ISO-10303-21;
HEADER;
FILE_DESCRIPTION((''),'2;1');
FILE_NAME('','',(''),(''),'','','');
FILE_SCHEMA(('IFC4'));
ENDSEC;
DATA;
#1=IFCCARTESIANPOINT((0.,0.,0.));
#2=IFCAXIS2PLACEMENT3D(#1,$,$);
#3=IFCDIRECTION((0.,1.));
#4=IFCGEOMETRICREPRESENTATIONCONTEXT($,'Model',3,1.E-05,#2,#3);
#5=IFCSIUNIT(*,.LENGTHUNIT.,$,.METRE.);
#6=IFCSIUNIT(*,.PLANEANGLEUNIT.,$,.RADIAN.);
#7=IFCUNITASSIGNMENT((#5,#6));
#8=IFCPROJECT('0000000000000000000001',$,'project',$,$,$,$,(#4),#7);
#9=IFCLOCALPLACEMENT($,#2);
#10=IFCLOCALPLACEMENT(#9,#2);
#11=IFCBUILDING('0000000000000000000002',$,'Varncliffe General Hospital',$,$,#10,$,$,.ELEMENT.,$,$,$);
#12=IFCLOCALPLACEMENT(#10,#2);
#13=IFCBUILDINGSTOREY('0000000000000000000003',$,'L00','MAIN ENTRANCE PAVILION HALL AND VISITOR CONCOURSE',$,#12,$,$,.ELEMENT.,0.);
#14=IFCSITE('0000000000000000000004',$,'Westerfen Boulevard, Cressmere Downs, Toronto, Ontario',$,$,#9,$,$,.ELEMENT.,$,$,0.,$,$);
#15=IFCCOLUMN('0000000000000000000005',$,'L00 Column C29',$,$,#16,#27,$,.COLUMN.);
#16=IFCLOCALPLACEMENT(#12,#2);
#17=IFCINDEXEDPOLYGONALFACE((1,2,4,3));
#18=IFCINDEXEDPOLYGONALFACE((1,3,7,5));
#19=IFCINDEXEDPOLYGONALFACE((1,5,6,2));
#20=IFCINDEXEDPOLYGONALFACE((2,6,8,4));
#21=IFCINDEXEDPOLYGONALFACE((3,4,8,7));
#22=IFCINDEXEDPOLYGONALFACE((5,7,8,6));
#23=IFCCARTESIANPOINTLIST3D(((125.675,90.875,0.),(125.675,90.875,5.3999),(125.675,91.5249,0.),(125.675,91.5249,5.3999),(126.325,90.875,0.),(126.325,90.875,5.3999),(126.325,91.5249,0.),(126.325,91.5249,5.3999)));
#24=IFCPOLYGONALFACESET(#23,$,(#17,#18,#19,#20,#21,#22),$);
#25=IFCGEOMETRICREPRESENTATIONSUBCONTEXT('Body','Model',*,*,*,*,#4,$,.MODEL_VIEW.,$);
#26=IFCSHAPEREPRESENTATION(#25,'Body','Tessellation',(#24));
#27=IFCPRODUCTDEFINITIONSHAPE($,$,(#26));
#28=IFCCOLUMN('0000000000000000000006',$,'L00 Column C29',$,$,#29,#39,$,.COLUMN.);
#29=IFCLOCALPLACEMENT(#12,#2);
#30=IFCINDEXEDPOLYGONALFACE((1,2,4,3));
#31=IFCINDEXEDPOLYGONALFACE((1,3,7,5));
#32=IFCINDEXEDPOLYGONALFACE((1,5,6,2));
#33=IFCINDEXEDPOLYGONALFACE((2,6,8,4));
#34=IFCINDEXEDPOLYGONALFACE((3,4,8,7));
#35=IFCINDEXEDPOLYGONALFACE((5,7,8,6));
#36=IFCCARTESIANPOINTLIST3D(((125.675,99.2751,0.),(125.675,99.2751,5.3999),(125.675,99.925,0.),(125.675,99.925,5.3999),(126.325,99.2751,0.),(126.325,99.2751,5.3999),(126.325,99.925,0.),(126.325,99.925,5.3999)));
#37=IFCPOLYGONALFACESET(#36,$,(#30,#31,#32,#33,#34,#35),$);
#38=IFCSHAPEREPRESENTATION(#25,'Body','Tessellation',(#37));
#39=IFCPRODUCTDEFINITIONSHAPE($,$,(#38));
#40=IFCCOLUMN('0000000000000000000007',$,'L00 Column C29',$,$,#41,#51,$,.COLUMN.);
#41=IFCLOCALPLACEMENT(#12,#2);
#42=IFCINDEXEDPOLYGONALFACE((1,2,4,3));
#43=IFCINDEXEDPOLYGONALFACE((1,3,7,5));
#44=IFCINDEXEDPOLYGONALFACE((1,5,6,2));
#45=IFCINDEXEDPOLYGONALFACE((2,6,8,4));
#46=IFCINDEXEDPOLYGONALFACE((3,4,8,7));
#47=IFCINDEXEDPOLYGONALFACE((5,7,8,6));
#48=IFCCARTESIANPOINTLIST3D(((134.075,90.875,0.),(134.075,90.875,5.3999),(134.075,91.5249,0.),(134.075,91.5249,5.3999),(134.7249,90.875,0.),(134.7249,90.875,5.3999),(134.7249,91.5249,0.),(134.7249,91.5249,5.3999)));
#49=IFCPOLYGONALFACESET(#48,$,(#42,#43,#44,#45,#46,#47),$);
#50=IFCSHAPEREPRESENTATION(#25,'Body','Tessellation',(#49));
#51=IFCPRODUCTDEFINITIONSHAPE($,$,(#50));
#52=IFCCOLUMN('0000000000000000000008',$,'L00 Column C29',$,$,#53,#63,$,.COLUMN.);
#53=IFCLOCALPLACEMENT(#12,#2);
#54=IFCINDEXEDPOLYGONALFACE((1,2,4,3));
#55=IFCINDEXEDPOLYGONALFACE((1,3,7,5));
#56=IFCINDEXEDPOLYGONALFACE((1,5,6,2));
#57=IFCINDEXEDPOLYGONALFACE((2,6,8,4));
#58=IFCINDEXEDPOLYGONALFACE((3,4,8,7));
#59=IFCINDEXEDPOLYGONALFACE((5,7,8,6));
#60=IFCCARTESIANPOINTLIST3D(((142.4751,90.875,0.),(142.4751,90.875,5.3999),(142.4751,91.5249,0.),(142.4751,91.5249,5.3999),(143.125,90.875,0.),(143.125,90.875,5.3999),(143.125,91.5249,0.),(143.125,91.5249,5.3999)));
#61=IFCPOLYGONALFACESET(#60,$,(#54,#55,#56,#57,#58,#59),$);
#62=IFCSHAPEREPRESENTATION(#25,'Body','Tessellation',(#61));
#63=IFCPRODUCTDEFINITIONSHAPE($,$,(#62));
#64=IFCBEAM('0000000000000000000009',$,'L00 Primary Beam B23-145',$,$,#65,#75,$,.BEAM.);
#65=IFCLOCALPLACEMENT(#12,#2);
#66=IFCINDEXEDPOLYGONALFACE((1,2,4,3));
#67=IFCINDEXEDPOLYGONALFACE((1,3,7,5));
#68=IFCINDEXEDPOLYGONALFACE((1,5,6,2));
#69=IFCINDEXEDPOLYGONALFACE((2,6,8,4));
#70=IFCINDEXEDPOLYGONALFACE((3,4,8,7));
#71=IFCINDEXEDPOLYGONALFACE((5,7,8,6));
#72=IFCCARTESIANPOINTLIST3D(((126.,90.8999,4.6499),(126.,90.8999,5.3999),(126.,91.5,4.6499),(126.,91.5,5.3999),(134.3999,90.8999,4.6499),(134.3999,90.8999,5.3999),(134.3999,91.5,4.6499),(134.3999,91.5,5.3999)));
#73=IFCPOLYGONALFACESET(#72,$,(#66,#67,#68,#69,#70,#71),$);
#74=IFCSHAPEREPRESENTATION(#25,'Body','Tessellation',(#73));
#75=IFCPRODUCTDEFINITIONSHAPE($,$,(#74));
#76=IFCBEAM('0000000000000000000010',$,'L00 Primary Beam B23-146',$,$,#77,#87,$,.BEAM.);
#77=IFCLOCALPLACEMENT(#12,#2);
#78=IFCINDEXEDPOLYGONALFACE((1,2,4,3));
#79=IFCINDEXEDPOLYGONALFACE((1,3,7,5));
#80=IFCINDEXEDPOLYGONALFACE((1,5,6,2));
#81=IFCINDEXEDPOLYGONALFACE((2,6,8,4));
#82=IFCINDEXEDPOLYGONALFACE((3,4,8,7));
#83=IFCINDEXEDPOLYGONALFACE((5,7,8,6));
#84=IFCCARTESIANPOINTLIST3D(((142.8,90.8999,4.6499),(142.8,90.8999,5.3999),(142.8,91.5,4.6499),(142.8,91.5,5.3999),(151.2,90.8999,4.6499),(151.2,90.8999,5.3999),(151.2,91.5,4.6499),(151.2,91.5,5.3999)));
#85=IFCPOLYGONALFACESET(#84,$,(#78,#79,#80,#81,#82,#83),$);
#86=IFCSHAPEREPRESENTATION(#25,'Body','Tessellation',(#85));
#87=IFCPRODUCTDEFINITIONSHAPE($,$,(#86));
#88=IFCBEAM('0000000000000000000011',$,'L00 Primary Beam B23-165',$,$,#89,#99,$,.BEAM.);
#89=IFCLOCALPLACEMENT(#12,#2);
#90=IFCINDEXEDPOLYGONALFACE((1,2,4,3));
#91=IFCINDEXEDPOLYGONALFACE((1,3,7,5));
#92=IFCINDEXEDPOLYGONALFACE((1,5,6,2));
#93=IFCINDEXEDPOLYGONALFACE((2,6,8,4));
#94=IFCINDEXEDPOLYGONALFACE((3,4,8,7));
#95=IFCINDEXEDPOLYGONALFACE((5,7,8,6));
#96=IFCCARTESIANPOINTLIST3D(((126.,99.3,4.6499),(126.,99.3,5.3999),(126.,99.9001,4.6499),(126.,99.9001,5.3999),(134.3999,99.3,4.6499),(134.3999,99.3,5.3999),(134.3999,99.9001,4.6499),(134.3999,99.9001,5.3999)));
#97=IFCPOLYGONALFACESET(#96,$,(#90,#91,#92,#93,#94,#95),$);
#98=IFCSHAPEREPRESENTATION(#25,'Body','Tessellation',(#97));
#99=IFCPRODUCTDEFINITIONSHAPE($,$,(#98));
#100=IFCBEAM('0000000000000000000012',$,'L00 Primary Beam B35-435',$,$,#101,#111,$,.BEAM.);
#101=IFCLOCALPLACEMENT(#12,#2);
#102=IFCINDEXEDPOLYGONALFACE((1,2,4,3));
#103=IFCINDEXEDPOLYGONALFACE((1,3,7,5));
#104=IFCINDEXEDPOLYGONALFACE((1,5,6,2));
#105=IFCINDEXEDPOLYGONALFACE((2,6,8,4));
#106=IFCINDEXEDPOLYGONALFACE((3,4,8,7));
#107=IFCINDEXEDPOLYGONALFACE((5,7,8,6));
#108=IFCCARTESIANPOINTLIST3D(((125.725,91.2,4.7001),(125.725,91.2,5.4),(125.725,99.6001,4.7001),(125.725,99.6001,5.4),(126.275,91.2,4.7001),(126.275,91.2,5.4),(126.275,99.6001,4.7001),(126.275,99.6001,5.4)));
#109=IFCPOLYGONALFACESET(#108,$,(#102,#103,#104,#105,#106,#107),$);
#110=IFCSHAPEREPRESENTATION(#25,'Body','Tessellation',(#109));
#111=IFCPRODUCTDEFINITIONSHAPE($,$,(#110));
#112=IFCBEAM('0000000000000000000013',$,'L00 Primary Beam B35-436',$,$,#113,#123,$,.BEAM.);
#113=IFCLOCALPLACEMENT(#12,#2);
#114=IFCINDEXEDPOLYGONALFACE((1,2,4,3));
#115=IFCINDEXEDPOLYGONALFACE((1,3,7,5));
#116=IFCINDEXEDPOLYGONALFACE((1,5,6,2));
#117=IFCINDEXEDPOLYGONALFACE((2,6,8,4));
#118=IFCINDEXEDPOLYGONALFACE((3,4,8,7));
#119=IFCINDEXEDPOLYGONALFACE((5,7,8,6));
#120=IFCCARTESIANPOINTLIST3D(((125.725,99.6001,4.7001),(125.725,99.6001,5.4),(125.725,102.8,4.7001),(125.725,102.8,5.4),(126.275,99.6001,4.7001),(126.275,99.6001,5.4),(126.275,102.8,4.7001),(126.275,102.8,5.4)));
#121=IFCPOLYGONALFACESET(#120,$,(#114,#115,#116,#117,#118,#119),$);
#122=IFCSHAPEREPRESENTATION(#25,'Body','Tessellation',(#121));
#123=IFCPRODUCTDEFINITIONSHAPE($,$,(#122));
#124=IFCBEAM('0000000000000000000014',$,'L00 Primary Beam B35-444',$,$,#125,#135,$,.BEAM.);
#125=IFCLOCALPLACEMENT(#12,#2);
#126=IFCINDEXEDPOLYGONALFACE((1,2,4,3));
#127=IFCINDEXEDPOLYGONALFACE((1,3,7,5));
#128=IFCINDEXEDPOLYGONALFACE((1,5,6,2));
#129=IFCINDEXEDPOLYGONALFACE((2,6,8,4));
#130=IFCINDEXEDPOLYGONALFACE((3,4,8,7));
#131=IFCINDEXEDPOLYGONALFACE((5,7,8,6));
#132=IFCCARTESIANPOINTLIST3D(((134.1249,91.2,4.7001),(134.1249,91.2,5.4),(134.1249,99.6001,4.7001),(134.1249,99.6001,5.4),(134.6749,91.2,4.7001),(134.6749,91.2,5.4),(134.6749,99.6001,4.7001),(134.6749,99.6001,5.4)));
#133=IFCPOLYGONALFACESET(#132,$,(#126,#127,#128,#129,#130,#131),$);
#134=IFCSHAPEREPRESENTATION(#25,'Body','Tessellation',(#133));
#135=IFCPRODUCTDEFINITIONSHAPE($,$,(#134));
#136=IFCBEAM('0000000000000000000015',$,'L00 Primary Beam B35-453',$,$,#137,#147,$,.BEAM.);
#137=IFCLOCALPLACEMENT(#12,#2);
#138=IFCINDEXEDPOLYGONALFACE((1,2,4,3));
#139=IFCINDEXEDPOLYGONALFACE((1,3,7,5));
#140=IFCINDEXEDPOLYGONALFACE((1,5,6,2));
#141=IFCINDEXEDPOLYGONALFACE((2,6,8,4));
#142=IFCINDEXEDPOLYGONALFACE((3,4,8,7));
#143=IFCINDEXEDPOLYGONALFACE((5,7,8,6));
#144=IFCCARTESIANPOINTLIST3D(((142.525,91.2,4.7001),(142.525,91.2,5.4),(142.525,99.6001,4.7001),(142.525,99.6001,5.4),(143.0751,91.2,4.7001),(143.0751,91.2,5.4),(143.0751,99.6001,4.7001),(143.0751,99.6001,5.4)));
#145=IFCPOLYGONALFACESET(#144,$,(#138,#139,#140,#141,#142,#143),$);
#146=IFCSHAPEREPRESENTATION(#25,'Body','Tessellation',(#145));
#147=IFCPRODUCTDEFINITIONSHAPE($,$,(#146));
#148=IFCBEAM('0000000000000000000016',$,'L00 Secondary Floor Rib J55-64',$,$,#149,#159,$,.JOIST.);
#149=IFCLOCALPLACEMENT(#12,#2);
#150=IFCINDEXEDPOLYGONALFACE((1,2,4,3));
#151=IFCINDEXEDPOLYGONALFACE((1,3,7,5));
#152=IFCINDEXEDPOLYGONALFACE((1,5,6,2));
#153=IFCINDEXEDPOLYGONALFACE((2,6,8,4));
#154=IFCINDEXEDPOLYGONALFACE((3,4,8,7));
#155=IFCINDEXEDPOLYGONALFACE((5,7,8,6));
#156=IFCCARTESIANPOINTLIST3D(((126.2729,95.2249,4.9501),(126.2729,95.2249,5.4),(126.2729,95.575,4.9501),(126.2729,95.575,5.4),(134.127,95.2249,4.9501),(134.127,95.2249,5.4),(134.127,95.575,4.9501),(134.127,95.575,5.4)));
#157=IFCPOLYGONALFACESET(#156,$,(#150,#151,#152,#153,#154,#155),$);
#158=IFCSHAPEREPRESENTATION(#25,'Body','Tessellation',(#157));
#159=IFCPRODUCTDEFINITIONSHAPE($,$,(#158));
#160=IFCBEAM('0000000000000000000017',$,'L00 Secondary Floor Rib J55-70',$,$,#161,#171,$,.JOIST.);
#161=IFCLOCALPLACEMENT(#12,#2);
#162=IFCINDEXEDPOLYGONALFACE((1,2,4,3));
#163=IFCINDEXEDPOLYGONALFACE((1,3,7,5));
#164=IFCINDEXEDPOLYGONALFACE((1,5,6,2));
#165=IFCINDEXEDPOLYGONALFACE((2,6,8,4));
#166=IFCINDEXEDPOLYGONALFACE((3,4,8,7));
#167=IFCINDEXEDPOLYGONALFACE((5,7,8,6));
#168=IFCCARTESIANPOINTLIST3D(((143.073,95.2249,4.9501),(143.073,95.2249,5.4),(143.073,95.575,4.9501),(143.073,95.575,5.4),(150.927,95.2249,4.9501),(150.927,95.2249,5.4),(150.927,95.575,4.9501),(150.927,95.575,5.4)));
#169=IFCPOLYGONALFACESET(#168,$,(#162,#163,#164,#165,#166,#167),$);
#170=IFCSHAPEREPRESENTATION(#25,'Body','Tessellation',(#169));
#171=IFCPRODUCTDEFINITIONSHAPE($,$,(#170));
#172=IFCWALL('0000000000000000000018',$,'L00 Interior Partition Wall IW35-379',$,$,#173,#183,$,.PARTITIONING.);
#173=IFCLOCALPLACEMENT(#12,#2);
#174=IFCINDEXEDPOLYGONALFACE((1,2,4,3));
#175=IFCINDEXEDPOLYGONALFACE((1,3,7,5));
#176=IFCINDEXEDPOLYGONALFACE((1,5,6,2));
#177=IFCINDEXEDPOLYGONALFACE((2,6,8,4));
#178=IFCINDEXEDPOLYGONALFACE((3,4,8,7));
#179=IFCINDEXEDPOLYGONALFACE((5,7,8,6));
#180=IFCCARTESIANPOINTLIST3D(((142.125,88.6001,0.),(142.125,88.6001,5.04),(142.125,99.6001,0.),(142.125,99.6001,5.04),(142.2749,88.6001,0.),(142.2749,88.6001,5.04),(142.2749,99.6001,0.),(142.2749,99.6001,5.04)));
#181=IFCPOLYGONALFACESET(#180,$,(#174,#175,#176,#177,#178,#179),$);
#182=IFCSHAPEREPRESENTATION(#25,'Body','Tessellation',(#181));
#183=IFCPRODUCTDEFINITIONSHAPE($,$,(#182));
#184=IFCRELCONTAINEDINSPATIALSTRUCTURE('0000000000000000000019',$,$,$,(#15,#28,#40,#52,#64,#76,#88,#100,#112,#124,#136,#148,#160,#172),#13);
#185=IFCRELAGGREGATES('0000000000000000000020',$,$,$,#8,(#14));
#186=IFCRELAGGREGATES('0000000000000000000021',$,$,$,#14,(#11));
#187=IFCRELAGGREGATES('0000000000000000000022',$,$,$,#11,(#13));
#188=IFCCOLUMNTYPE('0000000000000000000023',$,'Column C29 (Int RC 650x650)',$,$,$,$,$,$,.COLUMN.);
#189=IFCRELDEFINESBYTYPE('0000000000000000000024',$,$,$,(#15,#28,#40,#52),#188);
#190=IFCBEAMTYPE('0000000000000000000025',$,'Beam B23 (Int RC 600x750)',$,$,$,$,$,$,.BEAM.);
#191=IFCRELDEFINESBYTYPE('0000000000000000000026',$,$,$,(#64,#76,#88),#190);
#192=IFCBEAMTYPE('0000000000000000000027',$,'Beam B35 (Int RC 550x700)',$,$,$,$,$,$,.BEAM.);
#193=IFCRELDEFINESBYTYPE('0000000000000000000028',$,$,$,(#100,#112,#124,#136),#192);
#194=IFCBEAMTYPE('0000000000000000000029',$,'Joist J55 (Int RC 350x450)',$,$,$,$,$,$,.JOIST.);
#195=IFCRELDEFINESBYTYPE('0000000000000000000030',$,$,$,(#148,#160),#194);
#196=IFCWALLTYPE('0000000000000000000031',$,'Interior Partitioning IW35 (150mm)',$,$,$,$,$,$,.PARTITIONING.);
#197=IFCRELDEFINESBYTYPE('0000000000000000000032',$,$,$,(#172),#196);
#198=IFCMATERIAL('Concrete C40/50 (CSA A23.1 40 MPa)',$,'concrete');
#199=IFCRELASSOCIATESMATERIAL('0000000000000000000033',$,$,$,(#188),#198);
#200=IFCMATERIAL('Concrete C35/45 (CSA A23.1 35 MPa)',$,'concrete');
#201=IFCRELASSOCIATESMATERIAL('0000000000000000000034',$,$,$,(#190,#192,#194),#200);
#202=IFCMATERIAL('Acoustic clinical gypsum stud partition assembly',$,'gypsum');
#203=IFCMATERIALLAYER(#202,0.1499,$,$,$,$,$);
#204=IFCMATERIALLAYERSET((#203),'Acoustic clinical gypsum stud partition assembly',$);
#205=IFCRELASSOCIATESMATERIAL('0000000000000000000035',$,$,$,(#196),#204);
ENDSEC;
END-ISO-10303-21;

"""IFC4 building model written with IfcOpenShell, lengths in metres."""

from ifc_helpers import new_model, si_unit, direction, frame, frame_2d, origin, origin_2d, place, context, subcontext, project, spatial, rectangle, extrude, material, layer, layer_set, material_profile, profile_set, type_object, element, save


model = new_model("IFC4")

# Units and contexts
model_context = context("Model", 3, precision=1e-05, world=origin(), true_north=direction((0.0, 1.0)))
body_context = subcontext(model_context, "Body", "Model", "MODEL_VIEW")
ifc_project = project(units=[si_unit("LENGTHUNIT", "METRE"), si_unit("PLANEANGLEUNIT", "RADIAN")], contexts=[model_context])

# Site, building, storey
site_placement = place(None, origin())
site = spatial("IfcSite", under=ifc_project, at=site_placement, Name="Westerfen Boulevard, Cressmere Downs, Toronto, Ontario", CompositionType="ELEMENT", RefElevation=0.0)
building_placement = place(site_placement, origin())
building = spatial("IfcBuilding", under=site, at=building_placement, Name="Varncliffe General Hospital", CompositionType="ELEMENT")
storey_placement = place(building_placement, origin())
storey = spatial("IfcBuildingStorey", under=building, at=storey_placement, Name="L00", Description="MAIN ENTRANCE PAVILION HALL AND VISITOR CONCOURSE", CompositionType="ELEMENT", Elevation=0.0)

# Columns
ifc_material_1 = material(Name="Concrete C40/50 (CSA A23.1 40 MPa)", Category="concrete")
ifc_material_profile_1 = material_profile(ifc_material_1, rectangle(XDim=0.6499, YDim=0.6499, at=origin_2d()), Name="RC 650x650")
ifc_profile_set_1 = profile_set([ifc_material_profile_1], Name="Concrete C40/50 (CSA A23.1 40 MPa)")
column_type = type_object("IfcColumnType", Name="Column C29 (Int RC 650x650)", PredefinedType="COLUMN", material=ifc_profile_set_1)
for number, where, z_axis, x_axis, name in (
    (1, (126.0, 91.2, 0.0), (0.0, 0.0, 1.0), (1.0, 0.0, 0.0), "L00 Column C29"),
    (2, (126.0, 99.6001, 0.0), (0.0, 0.0, 1.0), (1.0, 0.0, 0.0), "L00 Column C29"),
    (3, (134.3999, 91.2, 0.0), (0.0, 0.0, 1.0), (1.0, 0.0, 0.0), "L00 Column C29"),
    (4, (142.8, 91.2, 0.0), (0.0, 0.0, 1.0), (1.0, 0.0, 0.0), "L00 Column C29"),
):
    element("IfcColumn", number, at=place(storey_placement, frame(where, z_axis=z_axis, x_axis=x_axis)), inside=storey, type_object=column_type, Name=name, PredefinedType="COLUMN", context=body_context, shape_type="SweptSolid", body=[
        extrude(rectangle(XDim=0.6499, YDim=0.6499, at=origin_2d()), origin(), (0.0, 0.0, 1.0), 5.3999),
    ])

# Beams
ifc_material_2 = material(Name="Concrete C35/45 (CSA A23.1 35 MPa)", Category="concrete")
ifc_material_profile_2 = material_profile(ifc_material_2, rectangle(XDim=0.6001, YDim=0.75, at=origin_2d()), Name="RC 600x750")
ifc_profile_set_2 = profile_set([ifc_material_profile_2], Name="Concrete C35/45 (CSA A23.1 35 MPa)")
beam_type_1 = type_object("IfcBeamType", Name="Beam B23 (Int RC 600x750)", PredefinedType="BEAM", material=ifc_profile_set_2)
for number, where, z_axis, x_axis, name in (
    (5, (126.0, 91.2, 5.0249), (1.0, 0.0, 0.0), (0.0, 1.0, 0.0), "L00 Primary Beam B23-145"),
    (6, (142.8, 91.2, 5.0249), (1.0, 0.0, 0.0), (0.0, 1.0, 0.0), "L00 Primary Beam B23-146"),
    (7, (126.0, 99.6001, 5.0249), (1.0, 0.0, 0.0), (0.0, 1.0, 0.0), "L00 Primary Beam B23-165"),
):
    element("IfcBeam", number, at=place(storey_placement, frame(where, z_axis=z_axis, x_axis=x_axis)), inside=storey, type_object=beam_type_1, Name=name, PredefinedType="BEAM", context=body_context, shape_type="SweptSolid", body=[
        extrude(rectangle(XDim=0.6001, YDim=0.75, at=origin_2d()), origin(), (0.0, 0.0, 1.0), 8.3999),
    ])
ifc_material_profile_3 = material_profile(ifc_material_2, rectangle(XDim=0.55, YDim=0.7, at=origin_2d()), Name="RC 550x700")
ifc_profile_set_3 = profile_set([ifc_material_profile_3], Name="Concrete C35/45 (CSA A23.1 35 MPa)")
beam_type_2 = type_object("IfcBeamType", Name="Beam B35 (Int RC 550x700)", PredefinedType="BEAM", material=ifc_profile_set_3)
beam_1_placement = place(storey_placement, frame((126.0, 91.2, 5.05), z_axis=(0.0, 1.0, 0.0), x_axis=(-1.0, 0.0, 0.0)))
element("IfcBeam", 8, at=beam_1_placement, inside=storey, type_object=beam_type_2, Name="L00 Primary Beam B35-435", PredefinedType="BEAM", context=body_context, shape_type="SweptSolid", body=[
    extrude(rectangle(XDim=0.55, YDim=0.7, at=origin_2d()), origin(), (0.0, 0.0, 1.0), 8.4001),
])
beam_2_placement = place(storey_placement, frame((126.0, 99.6001, 5.05), z_axis=(0.0, 1.0, 0.0), x_axis=(-1.0, 0.0, 0.0)))
element("IfcBeam", 9, at=beam_2_placement, inside=storey, type_object=beam_type_2, Name="L00 Primary Beam B35-436", PredefinedType="BEAM", context=body_context, shape_type="SweptSolid", body=[
    extrude(rectangle(XDim=0.55, YDim=0.7, at=origin_2d()), origin(), (0.0, 0.0, 1.0), 3.2),
])
for number, where, z_axis, x_axis, name in (
    (10, (134.3999, 91.2, 5.05), (0.0, 1.0, 0.0), (-1.0, 0.0, 0.0), "L00 Primary Beam B35-444"),
    (11, (142.8, 91.2, 5.05), (0.0, 1.0, 0.0), (-1.0, 0.0, 0.0), "L00 Primary Beam B35-453"),
):
    element("IfcBeam", number, at=place(storey_placement, frame(where, z_axis=z_axis, x_axis=x_axis)), inside=storey, type_object=beam_type_2, Name=name, PredefinedType="BEAM", context=body_context, shape_type="SweptSolid", body=[
        extrude(rectangle(XDim=0.55, YDim=0.7, at=origin_2d()), origin(), (0.0, 0.0, 1.0), 8.4001),
    ])
ifc_material_profile_4 = material_profile(ifc_material_2, rectangle(XDim=0.3501, YDim=0.45, at=origin_2d()), Name="RC 350x450")
ifc_profile_set_4 = profile_set([ifc_material_profile_4], Name="Concrete C35/45 (CSA A23.1 35 MPa)")
beam_type_3 = type_object("IfcBeamType", Name="Joist J55 (Int RC 350x450)", PredefinedType="JOIST", material=ifc_profile_set_4)
for number, where, z_axis, x_axis, name in (
    (12, (126.2729, 95.3999, 5.175), (1.0, 0.0, 0.0), (0.0, 1.0, 0.0), "L00 Secondary Floor Rib J55-64"),
    (13, (143.073, 95.3999, 5.175), (1.0, 0.0, 0.0), (0.0, 1.0, 0.0), "L00 Secondary Floor Rib J55-70"),
):
    element("IfcBeam", number, at=place(storey_placement, frame(where, z_axis=z_axis, x_axis=x_axis)), inside=storey, type_object=beam_type_3, Name=name, PredefinedType="JOIST", context=body_context, shape_type="SweptSolid", body=[
        extrude(rectangle(XDim=0.3501, YDim=0.45, at=origin_2d()), origin(), (0.0, 0.0, 1.0), 7.854),
    ])

# Wall
ifc_material_3 = material(Name="Acoustic clinical gypsum stud partition assembly", Category="gypsum")
ifc_layer_1 = layer(ifc_material_3, 0.1499)
ifc_layer_set_1 = layer_set([ifc_layer_1], Name="Acoustic clinical gypsum stud partition assembly")
wall_type_1 = type_object("IfcWallType", Name="Interior Partitioning IW35 (150mm)", PredefinedType="PARTITIONING", material=ifc_layer_set_1)
wall_1_placement = place(storey_placement, frame((142.2, 88.6001, 0.0), z_axis=(0.0, 0.0, 1.0), x_axis=(0.0, 1.0, 0.0)))
element("IfcWall", 14, at=wall_1_placement, inside=storey, type_object=wall_type_1, Name="L00 Interior Partition Wall IW35-379", PredefinedType="PARTITIONING", context=body_context, shape_type="SweptSolid", body=[
    extrude(rectangle(XDim=11.0, YDim=0.1499, at=frame_2d((5.5, 0.0))), origin(), (0.0, 0.0, 1.0), 5.04),
])

save(model, "model.ifc")
